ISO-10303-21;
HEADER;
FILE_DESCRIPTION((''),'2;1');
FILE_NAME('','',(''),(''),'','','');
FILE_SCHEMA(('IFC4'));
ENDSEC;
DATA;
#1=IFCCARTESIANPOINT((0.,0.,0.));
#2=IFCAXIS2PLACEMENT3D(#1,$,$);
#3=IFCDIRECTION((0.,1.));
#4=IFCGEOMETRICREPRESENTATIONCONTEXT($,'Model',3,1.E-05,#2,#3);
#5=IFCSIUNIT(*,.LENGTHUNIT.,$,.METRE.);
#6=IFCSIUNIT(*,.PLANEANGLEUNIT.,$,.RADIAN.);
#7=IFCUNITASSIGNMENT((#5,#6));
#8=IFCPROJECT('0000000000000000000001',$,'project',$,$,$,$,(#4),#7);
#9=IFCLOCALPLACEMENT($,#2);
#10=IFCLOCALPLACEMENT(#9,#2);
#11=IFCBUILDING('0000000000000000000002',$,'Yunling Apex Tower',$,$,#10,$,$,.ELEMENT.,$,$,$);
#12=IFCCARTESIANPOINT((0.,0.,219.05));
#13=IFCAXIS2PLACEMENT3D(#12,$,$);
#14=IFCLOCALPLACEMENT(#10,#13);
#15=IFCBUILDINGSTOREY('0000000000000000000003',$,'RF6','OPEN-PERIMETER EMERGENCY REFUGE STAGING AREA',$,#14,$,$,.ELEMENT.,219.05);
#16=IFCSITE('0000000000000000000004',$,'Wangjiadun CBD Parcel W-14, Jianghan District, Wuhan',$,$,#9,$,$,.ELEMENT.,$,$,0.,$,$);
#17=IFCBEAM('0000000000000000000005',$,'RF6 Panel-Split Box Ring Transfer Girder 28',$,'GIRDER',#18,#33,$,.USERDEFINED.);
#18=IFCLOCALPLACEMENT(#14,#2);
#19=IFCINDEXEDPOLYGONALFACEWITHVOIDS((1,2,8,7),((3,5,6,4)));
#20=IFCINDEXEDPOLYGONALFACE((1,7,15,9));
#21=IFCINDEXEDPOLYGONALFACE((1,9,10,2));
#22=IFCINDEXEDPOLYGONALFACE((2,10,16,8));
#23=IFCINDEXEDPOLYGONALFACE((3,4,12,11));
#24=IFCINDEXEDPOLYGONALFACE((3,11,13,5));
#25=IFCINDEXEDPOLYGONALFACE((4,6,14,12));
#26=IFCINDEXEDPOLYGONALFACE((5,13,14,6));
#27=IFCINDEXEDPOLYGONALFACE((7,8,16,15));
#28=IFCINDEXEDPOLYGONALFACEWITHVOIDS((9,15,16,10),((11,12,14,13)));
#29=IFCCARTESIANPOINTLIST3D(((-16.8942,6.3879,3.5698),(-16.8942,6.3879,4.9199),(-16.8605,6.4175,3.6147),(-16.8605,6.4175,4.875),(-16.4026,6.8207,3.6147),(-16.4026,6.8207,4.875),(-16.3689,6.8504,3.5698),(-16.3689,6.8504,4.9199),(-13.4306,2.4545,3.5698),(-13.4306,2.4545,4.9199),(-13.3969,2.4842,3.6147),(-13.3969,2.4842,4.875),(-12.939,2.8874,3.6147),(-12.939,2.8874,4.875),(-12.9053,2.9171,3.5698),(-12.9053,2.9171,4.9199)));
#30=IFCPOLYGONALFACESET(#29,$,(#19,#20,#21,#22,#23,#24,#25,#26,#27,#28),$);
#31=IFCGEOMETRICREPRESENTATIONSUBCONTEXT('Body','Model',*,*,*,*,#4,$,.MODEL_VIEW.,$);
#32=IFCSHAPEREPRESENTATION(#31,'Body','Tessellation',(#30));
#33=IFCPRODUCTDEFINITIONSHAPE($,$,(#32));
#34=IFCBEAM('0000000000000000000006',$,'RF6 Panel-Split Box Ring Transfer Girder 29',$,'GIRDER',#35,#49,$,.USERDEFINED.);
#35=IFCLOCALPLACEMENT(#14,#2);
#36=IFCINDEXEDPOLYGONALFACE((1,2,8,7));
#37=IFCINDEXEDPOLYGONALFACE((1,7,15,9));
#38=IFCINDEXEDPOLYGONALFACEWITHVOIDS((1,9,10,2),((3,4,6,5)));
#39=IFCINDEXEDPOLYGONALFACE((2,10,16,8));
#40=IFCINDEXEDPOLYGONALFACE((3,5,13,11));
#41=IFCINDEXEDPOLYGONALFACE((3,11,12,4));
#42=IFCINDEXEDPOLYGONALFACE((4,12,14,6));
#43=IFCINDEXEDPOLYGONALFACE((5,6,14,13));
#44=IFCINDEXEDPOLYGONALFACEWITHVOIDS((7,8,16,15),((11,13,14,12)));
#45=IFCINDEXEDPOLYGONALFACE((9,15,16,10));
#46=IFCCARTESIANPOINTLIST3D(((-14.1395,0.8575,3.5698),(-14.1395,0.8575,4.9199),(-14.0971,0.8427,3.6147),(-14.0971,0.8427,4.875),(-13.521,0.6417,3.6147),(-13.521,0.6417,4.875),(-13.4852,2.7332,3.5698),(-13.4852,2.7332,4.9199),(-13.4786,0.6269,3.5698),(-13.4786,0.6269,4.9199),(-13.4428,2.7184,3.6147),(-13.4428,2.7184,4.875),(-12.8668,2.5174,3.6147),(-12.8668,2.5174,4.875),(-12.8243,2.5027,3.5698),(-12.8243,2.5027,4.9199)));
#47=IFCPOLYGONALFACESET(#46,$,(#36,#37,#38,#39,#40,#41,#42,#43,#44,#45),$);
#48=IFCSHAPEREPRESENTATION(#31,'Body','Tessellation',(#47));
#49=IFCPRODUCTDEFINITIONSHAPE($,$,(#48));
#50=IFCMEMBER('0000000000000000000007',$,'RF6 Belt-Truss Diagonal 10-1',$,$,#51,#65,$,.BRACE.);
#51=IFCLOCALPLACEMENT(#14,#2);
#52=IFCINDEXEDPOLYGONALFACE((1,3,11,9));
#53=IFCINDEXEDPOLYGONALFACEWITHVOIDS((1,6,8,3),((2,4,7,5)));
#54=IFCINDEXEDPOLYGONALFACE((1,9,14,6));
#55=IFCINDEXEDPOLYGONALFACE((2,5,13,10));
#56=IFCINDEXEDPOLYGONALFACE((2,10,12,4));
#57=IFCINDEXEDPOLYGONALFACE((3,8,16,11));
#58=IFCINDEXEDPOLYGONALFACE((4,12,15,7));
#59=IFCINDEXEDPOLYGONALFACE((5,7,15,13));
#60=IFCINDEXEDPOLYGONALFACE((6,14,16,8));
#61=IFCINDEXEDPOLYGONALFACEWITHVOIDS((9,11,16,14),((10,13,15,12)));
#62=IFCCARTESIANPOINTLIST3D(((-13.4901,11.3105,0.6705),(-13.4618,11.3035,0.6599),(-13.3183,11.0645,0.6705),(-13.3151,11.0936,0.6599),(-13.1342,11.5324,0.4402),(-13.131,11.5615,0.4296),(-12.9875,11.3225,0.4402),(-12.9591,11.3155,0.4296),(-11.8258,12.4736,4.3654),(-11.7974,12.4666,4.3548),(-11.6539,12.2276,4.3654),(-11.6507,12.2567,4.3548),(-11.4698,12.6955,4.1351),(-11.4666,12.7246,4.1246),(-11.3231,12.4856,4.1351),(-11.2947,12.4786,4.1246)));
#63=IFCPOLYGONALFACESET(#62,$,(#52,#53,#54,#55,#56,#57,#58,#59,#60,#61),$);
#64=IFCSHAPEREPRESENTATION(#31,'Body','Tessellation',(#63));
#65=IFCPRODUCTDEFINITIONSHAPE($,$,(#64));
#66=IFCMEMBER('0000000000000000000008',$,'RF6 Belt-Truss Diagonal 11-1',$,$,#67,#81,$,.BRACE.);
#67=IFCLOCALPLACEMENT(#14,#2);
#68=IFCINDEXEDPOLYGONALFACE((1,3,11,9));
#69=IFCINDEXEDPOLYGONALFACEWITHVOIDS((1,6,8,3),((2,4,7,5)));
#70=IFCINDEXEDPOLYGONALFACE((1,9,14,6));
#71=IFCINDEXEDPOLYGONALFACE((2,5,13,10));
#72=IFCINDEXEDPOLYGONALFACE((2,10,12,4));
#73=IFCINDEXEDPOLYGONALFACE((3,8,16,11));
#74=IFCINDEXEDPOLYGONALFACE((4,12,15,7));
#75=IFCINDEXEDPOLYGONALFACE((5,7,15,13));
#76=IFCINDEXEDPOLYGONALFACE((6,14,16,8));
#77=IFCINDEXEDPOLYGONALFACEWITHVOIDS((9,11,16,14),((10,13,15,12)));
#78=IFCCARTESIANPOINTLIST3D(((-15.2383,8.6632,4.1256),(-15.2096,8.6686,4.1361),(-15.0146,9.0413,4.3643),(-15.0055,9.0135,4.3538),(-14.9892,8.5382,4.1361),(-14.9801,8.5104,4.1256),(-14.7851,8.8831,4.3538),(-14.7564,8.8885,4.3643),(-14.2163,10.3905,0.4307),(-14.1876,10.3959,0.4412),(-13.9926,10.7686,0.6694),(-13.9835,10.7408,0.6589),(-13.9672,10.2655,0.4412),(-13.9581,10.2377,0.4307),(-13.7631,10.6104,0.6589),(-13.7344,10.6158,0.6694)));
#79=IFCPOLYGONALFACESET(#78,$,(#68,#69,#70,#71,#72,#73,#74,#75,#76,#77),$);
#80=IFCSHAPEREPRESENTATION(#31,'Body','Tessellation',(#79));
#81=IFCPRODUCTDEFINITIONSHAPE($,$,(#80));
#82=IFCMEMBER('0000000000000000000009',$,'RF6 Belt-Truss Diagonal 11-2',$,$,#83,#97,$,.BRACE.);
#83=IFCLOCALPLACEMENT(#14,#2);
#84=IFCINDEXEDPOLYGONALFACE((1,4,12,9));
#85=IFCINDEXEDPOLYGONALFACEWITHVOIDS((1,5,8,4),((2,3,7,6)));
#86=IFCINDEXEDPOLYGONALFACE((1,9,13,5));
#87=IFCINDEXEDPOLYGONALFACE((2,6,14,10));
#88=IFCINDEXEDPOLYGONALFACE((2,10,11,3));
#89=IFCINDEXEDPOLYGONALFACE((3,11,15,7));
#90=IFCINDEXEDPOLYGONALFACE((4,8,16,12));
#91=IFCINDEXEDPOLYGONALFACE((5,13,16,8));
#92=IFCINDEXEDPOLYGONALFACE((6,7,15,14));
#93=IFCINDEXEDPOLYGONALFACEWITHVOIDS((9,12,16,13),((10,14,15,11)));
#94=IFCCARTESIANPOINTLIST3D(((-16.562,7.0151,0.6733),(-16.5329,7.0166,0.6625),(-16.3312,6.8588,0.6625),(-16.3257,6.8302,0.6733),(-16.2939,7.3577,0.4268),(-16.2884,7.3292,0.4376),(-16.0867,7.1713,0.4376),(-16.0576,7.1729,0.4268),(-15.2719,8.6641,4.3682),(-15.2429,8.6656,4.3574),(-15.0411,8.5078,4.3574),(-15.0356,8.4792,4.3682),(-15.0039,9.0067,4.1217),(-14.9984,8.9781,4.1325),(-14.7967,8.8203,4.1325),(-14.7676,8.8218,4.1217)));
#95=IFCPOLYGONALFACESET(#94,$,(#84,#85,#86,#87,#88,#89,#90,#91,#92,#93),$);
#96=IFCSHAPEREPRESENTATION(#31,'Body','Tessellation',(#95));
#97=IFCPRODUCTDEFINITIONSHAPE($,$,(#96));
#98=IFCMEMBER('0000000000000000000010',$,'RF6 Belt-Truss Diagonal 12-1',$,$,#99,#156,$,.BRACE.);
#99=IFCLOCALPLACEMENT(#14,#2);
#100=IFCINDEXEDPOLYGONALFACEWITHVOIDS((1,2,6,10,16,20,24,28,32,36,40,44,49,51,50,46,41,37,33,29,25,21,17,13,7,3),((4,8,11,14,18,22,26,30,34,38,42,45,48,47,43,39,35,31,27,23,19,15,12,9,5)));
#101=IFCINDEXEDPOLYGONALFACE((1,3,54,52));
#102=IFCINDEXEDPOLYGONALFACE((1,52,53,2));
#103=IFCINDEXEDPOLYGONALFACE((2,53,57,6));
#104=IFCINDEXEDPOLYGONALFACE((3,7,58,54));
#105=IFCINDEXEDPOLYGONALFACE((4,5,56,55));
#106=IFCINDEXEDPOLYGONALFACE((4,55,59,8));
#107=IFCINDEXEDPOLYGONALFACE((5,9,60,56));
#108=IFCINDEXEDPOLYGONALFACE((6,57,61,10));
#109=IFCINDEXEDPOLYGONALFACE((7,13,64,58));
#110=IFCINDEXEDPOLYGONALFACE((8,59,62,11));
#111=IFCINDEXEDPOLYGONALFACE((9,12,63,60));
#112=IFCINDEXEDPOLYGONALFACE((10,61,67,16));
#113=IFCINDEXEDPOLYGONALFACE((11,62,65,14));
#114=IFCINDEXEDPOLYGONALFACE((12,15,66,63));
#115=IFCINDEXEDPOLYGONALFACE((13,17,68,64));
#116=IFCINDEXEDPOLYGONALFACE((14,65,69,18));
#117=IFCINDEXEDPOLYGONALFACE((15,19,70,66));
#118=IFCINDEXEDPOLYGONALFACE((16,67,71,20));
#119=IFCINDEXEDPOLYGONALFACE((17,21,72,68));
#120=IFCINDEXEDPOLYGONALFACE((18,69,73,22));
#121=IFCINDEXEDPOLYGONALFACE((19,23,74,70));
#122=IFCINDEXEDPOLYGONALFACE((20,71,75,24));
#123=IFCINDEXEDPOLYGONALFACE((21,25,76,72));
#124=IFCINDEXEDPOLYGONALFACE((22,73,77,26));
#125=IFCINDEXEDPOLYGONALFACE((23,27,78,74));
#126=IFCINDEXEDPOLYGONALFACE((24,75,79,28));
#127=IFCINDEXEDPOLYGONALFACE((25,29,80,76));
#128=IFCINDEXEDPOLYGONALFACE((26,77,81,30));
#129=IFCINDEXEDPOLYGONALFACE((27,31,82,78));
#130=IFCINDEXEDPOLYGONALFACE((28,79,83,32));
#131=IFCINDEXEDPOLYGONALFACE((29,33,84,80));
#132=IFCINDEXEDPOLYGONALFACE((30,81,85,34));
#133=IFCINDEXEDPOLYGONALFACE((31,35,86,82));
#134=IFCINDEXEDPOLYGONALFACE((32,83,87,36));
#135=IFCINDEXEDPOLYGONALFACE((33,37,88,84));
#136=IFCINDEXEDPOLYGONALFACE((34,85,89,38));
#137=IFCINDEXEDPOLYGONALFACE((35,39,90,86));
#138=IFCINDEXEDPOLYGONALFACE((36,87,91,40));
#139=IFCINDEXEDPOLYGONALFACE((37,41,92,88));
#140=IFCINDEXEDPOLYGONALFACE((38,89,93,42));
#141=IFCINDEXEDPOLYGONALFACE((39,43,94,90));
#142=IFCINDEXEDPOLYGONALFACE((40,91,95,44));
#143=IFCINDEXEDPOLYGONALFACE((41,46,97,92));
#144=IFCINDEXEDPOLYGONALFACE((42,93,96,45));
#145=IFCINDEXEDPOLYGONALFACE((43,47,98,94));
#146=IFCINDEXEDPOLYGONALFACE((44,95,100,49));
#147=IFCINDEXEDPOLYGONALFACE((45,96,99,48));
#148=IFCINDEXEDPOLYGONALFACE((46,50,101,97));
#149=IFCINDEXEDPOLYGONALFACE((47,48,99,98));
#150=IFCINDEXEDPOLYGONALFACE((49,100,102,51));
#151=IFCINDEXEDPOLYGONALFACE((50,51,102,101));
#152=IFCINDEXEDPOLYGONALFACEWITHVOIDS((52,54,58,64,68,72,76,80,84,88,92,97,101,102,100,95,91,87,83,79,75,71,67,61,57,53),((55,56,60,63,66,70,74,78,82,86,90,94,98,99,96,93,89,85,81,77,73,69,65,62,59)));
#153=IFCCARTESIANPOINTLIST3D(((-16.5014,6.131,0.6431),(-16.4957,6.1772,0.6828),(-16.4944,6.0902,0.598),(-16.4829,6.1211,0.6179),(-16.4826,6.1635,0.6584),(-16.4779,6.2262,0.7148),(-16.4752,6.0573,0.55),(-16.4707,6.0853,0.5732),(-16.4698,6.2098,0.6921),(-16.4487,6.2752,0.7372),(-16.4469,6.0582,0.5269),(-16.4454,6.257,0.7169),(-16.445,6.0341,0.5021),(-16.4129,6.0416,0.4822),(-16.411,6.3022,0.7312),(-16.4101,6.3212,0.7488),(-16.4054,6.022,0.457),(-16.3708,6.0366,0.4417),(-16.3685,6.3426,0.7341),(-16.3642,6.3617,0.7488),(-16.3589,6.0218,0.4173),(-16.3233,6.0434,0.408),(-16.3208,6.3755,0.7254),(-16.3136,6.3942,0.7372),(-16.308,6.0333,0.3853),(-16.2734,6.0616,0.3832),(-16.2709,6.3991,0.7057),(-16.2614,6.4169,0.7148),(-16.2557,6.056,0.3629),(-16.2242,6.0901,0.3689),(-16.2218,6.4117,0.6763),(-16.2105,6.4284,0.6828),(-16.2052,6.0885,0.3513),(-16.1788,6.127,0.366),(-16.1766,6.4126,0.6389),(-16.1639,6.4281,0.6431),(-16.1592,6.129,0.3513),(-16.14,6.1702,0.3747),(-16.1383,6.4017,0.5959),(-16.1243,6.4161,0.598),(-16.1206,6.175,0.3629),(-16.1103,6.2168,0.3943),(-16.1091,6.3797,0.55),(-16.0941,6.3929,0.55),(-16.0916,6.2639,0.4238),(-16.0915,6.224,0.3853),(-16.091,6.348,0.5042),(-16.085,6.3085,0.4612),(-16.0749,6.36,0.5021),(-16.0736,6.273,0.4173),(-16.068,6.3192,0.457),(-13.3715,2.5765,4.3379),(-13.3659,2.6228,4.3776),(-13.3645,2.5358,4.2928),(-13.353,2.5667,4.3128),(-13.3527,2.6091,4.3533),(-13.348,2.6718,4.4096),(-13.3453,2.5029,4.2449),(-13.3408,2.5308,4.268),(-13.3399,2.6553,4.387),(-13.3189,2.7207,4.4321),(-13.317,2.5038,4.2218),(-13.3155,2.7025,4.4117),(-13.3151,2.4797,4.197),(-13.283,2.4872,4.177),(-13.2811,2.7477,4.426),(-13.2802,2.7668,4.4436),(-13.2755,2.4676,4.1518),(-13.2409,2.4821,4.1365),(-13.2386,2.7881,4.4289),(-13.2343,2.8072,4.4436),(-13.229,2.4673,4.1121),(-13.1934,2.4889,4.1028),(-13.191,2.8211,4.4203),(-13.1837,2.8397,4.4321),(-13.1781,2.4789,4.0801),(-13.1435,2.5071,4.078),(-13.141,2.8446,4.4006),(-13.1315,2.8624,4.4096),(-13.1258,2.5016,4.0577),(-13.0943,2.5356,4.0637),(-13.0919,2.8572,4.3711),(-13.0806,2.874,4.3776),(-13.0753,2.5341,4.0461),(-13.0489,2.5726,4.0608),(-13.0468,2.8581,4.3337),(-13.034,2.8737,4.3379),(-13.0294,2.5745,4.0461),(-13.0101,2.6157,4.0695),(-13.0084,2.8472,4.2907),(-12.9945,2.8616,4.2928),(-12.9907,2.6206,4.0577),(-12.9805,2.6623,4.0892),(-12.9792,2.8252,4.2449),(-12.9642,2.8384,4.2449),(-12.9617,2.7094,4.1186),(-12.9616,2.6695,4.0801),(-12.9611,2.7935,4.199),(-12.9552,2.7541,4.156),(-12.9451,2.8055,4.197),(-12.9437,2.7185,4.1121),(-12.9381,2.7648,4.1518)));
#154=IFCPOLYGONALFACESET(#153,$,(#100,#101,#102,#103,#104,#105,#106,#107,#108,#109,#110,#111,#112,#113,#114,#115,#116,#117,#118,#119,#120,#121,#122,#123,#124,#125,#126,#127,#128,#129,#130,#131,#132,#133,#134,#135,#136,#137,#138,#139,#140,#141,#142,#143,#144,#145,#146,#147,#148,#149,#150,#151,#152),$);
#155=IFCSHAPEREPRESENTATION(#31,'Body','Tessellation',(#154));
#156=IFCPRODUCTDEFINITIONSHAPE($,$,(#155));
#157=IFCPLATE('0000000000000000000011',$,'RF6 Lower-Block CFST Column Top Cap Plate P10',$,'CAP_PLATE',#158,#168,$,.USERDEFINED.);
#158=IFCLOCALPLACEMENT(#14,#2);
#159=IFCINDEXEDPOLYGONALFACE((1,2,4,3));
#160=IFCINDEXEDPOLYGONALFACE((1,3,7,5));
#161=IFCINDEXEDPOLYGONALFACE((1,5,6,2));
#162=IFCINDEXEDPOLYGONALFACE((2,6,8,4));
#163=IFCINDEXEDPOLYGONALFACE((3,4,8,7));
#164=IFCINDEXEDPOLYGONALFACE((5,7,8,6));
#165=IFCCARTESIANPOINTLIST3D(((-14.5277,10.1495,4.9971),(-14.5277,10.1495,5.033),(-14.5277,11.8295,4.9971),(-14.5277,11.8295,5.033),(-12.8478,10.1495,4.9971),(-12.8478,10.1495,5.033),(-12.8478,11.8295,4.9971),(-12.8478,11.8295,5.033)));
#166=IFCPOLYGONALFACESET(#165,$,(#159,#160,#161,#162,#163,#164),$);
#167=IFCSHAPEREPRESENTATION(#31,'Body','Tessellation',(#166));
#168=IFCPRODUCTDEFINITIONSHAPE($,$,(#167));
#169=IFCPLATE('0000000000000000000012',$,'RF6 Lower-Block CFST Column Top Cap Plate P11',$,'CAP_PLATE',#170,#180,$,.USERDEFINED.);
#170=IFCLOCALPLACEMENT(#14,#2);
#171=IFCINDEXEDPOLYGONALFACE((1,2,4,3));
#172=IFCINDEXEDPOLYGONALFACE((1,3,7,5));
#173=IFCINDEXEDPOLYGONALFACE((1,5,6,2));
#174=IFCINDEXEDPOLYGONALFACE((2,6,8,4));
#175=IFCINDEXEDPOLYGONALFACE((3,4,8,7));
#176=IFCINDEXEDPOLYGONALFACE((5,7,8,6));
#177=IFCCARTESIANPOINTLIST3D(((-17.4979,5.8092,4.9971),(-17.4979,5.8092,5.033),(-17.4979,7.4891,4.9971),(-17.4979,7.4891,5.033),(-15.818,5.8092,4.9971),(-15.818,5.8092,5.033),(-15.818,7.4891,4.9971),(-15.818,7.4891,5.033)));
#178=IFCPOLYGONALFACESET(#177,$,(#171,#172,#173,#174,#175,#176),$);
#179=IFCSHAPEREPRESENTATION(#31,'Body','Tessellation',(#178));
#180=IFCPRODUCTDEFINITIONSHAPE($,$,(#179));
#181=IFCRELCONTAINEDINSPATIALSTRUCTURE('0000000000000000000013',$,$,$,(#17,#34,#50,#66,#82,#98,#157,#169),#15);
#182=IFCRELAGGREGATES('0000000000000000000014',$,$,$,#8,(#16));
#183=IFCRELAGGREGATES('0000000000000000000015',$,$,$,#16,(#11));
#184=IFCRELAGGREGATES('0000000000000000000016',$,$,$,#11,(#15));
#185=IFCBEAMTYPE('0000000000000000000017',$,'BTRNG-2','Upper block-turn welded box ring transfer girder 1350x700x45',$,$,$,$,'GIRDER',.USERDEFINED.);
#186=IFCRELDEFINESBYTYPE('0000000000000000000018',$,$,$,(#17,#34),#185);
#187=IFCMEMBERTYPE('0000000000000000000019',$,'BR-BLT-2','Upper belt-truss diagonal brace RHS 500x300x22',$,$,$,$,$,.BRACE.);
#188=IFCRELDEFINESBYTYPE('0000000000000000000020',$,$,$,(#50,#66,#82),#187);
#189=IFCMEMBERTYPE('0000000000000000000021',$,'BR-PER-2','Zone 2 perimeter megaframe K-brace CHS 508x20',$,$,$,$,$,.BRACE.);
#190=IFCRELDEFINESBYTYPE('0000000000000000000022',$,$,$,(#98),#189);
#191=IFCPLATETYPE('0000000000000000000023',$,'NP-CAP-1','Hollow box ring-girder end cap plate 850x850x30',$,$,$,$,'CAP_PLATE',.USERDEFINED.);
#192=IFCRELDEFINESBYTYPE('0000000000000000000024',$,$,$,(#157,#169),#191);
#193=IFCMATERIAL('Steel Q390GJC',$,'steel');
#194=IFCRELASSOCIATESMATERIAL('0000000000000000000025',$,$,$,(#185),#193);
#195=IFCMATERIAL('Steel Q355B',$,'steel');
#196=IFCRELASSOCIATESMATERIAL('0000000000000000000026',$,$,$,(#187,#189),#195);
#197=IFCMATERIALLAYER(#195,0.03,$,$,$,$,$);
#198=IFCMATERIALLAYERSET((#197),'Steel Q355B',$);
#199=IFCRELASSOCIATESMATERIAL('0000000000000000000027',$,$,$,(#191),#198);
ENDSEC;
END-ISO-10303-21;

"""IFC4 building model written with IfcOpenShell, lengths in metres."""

from ifc_helpers import new_model, si_unit, direction, frame, origin, origin_2d, place, context, subcontext, project, spatial, rectangle, hollow_rectangle, hollow_circle, extrude, source, transform, mapped, material, layer, layer_set, material_profile, profile_set, type_object, element, save


model = new_model("IFC4")

# Units and contexts
model_context = context("Model", 3, precision=1e-05, world=origin(), true_north=direction((0.0, 1.0)))
body_context = subcontext(model_context, "Body", "Model", "MODEL_VIEW")
ifc_project = project(units=[si_unit("LENGTHUNIT", "METRE"), si_unit("PLANEANGLEUNIT", "RADIAN")], contexts=[model_context])

# Site, building, storey
site_placement = place(None, origin())
site = spatial("IfcSite", under=ifc_project, at=site_placement, Name="Wangjiadun CBD Parcel W-14, Jianghan District, Wuhan", CompositionType="ELEMENT", RefElevation=0.0)
building_placement = place(site_placement, origin())
building = spatial("IfcBuilding", under=site, at=building_placement, Name="Yunling Apex Tower", CompositionType="ELEMENT")
storey_placement = place(building_placement, frame((0.0, 0.0, 219.05)))
storey = spatial("IfcBuildingStorey", under=building, at=storey_placement, Name="RF6", Description="OPEN-PERIMETER EMERGENCY REFUGE STAGING AREA", CompositionType="ELEMENT", Elevation=219.05)

# Shared definitions
ifc_material_1 = material(Name="Steel Q390GJC", Category="steel")

# Shared definitions
ifc_material_2 = material(Name="Steel Q355B", Category="steel")

# Beams
ifc_material_profile_1 = material_profile(ifc_material_1, hollow_rectangle(XDim=0.7, YDim=1.3501, WallThickness=0.0449, at=origin_2d()))
ifc_profile_set_1 = profile_set([ifc_material_profile_1], Name="Steel Q390GJC")
beam_type = type_object("IfcBeamType", Name="BTRNG-2", Description="Upper block-turn welded box ring transfer girder 1350x700x45", ElementType="GIRDER", PredefinedType="USERDEFINED", material=ifc_profile_set_1)
shared_shape_1 = source(origin(), body_context, "Body", "SweptSolid", [
    extrude(hollow_rectangle(XDim=0.7, YDim=1.3501, WallThickness=0.0449, at=origin_2d()), origin(), (0.0, 0.0, 1.0), 5.241),
])
beam_1_placement = place(storey_placement, frame((-16.6316, 6.6191, 4.2449), z_axis=(0.660873, -0.750498, 0.0), x_axis=(0.750498, 0.660873, 0.0)))
element("IfcBeam", 1, at=beam_1_placement, inside=storey, type_object=beam_type, Name="RF6 Panel-Split Box Ring Transfer Girder 28", ObjectType="GIRDER", PredefinedType="USERDEFINED", context=body_context, shape_type="MappedRepresentation", body=[
    mapped(shared_shape_1, transform((0.0, 0.0, 0.0), scale=1.0)),
])
shared_shape_2 = source(origin(), body_context, "Body", "SweptSolid", [
    extrude(hollow_rectangle(XDim=0.7, YDim=1.3501, WallThickness=0.0449, at=origin_2d()), origin(), (0.0, 0.0, 1.0), 1.9866),
])
beam_2_placement = place(storey_placement, frame((-13.1548, 2.6179, 4.2449), z_axis=(-0.329359, -0.944205, 0.0), x_axis=(0.944205, -0.329359, 0.0)))
element("IfcBeam", 2, at=beam_2_placement, inside=storey, type_object=beam_type, Name="RF6 Panel-Split Box Ring Transfer Girder 29", ObjectType="GIRDER", PredefinedType="USERDEFINED", context=body_context, shape_type="MappedRepresentation", body=[
    mapped(shared_shape_2, transform((0.0, 0.0, 0.0), scale=1.0)),
])

# Members
ifc_material_profile_2 = material_profile(ifc_material_2, hollow_rectangle(XDim=0.3, YDim=0.5, WallThickness=0.022, at=origin_2d()))
ifc_profile_set_2 = profile_set([ifc_material_profile_2], Name="Steel Q355B")
member_type_1 = type_object("IfcMemberType", Name="BR-BLT-2", Description="Upper belt-truss diagonal brace RHS 500x300x22", PredefinedType="BRACE", material=ifc_profile_set_2)
shared_shape_3 = source(origin(), body_context, "Body", "SweptSolid", [
    extrude(hollow_rectangle(XDim=0.3, YDim=0.5, WallThickness=0.022, at=origin_2d()), origin(), (0.0, 0.0, 1.0), 4.2161),
])
member_1_placement = place(storey_placement, frame((-13.2246, 11.313, 0.55), z_axis=(0.394762, 0.275876, 0.876387), x_axis=(-0.572825, 0.819678, 0.0)))
element("IfcMember", 3, at=member_1_placement, inside=storey, type_object=member_type_1, Name="RF6 Belt-Truss Diagonal 10-1", PredefinedType="BRACE", context=body_context, shape_type="MappedRepresentation", body=[
    mapped(shared_shape_3, transform((0.0, 0.0, 0.0), scale=1.0)),
])
shared_shape_4 = source(origin(), body_context, "Body", "SweptSolid", [
    extrude(hollow_rectangle(XDim=0.3, YDim=0.5, WallThickness=0.022, at=origin_2d()), origin(), (0.0, 0.0, 1.0), 4.2048),
])
member_2_placement = place(storey_placement, frame((-13.9753, 10.5032, 0.55), z_axis=(-0.243053, -0.410799, 0.878732), x_axis=(0.860643, -0.509209, 0.0)))
element("IfcMember", 4, at=member_2_placement, inside=storey, type_object=member_type_1, Name="RF6 Belt-Truss Diagonal 11-1", PredefinedType="BRACE", context=body_context, shape_type="MappedRepresentation", body=[
    mapped(shared_shape_4, transform((0.0, 0.0, 0.0), scale=1.0)),
])
shared_shape_5 = source(origin(), body_context, "Body", "SweptSolid", [
    extrude(hollow_rectangle(XDim=0.3, YDim=0.5, WallThickness=0.022, at=origin_2d()), origin(), (0.0, 0.0, 1.0), 4.2468),
])
member_3_placement = place(storey_placement, frame((-16.3098, 7.094, 0.55), z_axis=(0.303771, 0.388279, 0.870036), x_axis=(-0.787603, 0.616182, 0.0)))
element("IfcMember", 5, at=member_3_placement, inside=storey, type_object=member_type_1, Name="RF6 Belt-Truss Diagonal 11-2", PredefinedType="BRACE", context=body_context, shape_type="MappedRepresentation", body=[
    mapped(shared_shape_5, transform((0.0, 0.0, 0.0), scale=1.0)),
])
ifc_material_profile_3 = material_profile(ifc_material_2, hollow_circle(Radius=0.2539, WallThickness=0.02, at=origin_2d()))
ifc_profile_set_3 = profile_set([ifc_material_profile_3], Name="Steel Q355B")
member_type_2 = type_object("IfcMemberType", Name="BR-PER-2", Description="Zone 2 perimeter megaframe K-brace CHS 508x20", PredefinedType="BRACE", material=ifc_profile_set_3)
shared_shape_6 = source(origin(), body_context, "Body", "SweptSolid", [
    extrude(hollow_circle(Radius=0.2539, WallThickness=0.02, at=origin_2d()), origin(), (0.0, 0.0, 1.0), 6.0068),
])
member_4_placement = place(storey_placement, frame((-16.2847, 6.2251, 0.55), z_axis=(0.521054, -0.591734, 0.615104), x_axis=(0.750507, 0.660863, 0.0)))
element("IfcMember", 6, at=member_4_placement, inside=storey, type_object=member_type_2, Name="RF6 Belt-Truss Diagonal 12-1", PredefinedType="BRACE", context=body_context, shape_type="MappedRepresentation", body=[
    mapped(shared_shape_6, transform((0.0, 0.0, 0.0), scale=1.0)),
])

# Plates
ifc_layer_1 = layer(ifc_material_2, 0.03)
ifc_layer_set_1 = layer_set([ifc_layer_1], Name="Steel Q355B")
plate_type_1 = type_object("IfcPlateType", Name="NP-CAP-1", Description="Hollow box ring-girder end cap plate 850x850x30", ElementType="CAP_PLATE", PredefinedType="USERDEFINED", material=ifc_layer_set_1)
shared_shape_7 = source(origin(), body_context, "Body", "SweptSolid", [
    extrude(rectangle(XDim=1.6799, YDim=1.6799, at=origin_2d()), origin(), (0.0, 0.0, 1.0), 0.0359),
])
for number, where, z_axis, x_axis, name in (
    (7, (-13.6877, 10.9895, 4.9971), (0.0, 0.0, 1.0), (1.0, 0.0, 0.0), "RF6 Lower-Block CFST Column Top Cap Plate P10"),
    (8, (-16.658, 6.6492, 4.9971), (0.0, 0.0, 1.0), (1.0, 0.0, 0.0), "RF6 Lower-Block CFST Column Top Cap Plate P11"),
):
    element("IfcPlate", number, at=place(storey_placement, frame(where, z_axis=z_axis, x_axis=x_axis)), inside=storey, type_object=plate_type_1, Name=name, ObjectType="CAP_PLATE", PredefinedType="USERDEFINED", context=body_context, shape_type="MappedRepresentation", body=[
        mapped(shared_shape_7, transform((0.0, 0.0, 0.0), scale=1.0)),
    ])

save(model, "model.ifc")
